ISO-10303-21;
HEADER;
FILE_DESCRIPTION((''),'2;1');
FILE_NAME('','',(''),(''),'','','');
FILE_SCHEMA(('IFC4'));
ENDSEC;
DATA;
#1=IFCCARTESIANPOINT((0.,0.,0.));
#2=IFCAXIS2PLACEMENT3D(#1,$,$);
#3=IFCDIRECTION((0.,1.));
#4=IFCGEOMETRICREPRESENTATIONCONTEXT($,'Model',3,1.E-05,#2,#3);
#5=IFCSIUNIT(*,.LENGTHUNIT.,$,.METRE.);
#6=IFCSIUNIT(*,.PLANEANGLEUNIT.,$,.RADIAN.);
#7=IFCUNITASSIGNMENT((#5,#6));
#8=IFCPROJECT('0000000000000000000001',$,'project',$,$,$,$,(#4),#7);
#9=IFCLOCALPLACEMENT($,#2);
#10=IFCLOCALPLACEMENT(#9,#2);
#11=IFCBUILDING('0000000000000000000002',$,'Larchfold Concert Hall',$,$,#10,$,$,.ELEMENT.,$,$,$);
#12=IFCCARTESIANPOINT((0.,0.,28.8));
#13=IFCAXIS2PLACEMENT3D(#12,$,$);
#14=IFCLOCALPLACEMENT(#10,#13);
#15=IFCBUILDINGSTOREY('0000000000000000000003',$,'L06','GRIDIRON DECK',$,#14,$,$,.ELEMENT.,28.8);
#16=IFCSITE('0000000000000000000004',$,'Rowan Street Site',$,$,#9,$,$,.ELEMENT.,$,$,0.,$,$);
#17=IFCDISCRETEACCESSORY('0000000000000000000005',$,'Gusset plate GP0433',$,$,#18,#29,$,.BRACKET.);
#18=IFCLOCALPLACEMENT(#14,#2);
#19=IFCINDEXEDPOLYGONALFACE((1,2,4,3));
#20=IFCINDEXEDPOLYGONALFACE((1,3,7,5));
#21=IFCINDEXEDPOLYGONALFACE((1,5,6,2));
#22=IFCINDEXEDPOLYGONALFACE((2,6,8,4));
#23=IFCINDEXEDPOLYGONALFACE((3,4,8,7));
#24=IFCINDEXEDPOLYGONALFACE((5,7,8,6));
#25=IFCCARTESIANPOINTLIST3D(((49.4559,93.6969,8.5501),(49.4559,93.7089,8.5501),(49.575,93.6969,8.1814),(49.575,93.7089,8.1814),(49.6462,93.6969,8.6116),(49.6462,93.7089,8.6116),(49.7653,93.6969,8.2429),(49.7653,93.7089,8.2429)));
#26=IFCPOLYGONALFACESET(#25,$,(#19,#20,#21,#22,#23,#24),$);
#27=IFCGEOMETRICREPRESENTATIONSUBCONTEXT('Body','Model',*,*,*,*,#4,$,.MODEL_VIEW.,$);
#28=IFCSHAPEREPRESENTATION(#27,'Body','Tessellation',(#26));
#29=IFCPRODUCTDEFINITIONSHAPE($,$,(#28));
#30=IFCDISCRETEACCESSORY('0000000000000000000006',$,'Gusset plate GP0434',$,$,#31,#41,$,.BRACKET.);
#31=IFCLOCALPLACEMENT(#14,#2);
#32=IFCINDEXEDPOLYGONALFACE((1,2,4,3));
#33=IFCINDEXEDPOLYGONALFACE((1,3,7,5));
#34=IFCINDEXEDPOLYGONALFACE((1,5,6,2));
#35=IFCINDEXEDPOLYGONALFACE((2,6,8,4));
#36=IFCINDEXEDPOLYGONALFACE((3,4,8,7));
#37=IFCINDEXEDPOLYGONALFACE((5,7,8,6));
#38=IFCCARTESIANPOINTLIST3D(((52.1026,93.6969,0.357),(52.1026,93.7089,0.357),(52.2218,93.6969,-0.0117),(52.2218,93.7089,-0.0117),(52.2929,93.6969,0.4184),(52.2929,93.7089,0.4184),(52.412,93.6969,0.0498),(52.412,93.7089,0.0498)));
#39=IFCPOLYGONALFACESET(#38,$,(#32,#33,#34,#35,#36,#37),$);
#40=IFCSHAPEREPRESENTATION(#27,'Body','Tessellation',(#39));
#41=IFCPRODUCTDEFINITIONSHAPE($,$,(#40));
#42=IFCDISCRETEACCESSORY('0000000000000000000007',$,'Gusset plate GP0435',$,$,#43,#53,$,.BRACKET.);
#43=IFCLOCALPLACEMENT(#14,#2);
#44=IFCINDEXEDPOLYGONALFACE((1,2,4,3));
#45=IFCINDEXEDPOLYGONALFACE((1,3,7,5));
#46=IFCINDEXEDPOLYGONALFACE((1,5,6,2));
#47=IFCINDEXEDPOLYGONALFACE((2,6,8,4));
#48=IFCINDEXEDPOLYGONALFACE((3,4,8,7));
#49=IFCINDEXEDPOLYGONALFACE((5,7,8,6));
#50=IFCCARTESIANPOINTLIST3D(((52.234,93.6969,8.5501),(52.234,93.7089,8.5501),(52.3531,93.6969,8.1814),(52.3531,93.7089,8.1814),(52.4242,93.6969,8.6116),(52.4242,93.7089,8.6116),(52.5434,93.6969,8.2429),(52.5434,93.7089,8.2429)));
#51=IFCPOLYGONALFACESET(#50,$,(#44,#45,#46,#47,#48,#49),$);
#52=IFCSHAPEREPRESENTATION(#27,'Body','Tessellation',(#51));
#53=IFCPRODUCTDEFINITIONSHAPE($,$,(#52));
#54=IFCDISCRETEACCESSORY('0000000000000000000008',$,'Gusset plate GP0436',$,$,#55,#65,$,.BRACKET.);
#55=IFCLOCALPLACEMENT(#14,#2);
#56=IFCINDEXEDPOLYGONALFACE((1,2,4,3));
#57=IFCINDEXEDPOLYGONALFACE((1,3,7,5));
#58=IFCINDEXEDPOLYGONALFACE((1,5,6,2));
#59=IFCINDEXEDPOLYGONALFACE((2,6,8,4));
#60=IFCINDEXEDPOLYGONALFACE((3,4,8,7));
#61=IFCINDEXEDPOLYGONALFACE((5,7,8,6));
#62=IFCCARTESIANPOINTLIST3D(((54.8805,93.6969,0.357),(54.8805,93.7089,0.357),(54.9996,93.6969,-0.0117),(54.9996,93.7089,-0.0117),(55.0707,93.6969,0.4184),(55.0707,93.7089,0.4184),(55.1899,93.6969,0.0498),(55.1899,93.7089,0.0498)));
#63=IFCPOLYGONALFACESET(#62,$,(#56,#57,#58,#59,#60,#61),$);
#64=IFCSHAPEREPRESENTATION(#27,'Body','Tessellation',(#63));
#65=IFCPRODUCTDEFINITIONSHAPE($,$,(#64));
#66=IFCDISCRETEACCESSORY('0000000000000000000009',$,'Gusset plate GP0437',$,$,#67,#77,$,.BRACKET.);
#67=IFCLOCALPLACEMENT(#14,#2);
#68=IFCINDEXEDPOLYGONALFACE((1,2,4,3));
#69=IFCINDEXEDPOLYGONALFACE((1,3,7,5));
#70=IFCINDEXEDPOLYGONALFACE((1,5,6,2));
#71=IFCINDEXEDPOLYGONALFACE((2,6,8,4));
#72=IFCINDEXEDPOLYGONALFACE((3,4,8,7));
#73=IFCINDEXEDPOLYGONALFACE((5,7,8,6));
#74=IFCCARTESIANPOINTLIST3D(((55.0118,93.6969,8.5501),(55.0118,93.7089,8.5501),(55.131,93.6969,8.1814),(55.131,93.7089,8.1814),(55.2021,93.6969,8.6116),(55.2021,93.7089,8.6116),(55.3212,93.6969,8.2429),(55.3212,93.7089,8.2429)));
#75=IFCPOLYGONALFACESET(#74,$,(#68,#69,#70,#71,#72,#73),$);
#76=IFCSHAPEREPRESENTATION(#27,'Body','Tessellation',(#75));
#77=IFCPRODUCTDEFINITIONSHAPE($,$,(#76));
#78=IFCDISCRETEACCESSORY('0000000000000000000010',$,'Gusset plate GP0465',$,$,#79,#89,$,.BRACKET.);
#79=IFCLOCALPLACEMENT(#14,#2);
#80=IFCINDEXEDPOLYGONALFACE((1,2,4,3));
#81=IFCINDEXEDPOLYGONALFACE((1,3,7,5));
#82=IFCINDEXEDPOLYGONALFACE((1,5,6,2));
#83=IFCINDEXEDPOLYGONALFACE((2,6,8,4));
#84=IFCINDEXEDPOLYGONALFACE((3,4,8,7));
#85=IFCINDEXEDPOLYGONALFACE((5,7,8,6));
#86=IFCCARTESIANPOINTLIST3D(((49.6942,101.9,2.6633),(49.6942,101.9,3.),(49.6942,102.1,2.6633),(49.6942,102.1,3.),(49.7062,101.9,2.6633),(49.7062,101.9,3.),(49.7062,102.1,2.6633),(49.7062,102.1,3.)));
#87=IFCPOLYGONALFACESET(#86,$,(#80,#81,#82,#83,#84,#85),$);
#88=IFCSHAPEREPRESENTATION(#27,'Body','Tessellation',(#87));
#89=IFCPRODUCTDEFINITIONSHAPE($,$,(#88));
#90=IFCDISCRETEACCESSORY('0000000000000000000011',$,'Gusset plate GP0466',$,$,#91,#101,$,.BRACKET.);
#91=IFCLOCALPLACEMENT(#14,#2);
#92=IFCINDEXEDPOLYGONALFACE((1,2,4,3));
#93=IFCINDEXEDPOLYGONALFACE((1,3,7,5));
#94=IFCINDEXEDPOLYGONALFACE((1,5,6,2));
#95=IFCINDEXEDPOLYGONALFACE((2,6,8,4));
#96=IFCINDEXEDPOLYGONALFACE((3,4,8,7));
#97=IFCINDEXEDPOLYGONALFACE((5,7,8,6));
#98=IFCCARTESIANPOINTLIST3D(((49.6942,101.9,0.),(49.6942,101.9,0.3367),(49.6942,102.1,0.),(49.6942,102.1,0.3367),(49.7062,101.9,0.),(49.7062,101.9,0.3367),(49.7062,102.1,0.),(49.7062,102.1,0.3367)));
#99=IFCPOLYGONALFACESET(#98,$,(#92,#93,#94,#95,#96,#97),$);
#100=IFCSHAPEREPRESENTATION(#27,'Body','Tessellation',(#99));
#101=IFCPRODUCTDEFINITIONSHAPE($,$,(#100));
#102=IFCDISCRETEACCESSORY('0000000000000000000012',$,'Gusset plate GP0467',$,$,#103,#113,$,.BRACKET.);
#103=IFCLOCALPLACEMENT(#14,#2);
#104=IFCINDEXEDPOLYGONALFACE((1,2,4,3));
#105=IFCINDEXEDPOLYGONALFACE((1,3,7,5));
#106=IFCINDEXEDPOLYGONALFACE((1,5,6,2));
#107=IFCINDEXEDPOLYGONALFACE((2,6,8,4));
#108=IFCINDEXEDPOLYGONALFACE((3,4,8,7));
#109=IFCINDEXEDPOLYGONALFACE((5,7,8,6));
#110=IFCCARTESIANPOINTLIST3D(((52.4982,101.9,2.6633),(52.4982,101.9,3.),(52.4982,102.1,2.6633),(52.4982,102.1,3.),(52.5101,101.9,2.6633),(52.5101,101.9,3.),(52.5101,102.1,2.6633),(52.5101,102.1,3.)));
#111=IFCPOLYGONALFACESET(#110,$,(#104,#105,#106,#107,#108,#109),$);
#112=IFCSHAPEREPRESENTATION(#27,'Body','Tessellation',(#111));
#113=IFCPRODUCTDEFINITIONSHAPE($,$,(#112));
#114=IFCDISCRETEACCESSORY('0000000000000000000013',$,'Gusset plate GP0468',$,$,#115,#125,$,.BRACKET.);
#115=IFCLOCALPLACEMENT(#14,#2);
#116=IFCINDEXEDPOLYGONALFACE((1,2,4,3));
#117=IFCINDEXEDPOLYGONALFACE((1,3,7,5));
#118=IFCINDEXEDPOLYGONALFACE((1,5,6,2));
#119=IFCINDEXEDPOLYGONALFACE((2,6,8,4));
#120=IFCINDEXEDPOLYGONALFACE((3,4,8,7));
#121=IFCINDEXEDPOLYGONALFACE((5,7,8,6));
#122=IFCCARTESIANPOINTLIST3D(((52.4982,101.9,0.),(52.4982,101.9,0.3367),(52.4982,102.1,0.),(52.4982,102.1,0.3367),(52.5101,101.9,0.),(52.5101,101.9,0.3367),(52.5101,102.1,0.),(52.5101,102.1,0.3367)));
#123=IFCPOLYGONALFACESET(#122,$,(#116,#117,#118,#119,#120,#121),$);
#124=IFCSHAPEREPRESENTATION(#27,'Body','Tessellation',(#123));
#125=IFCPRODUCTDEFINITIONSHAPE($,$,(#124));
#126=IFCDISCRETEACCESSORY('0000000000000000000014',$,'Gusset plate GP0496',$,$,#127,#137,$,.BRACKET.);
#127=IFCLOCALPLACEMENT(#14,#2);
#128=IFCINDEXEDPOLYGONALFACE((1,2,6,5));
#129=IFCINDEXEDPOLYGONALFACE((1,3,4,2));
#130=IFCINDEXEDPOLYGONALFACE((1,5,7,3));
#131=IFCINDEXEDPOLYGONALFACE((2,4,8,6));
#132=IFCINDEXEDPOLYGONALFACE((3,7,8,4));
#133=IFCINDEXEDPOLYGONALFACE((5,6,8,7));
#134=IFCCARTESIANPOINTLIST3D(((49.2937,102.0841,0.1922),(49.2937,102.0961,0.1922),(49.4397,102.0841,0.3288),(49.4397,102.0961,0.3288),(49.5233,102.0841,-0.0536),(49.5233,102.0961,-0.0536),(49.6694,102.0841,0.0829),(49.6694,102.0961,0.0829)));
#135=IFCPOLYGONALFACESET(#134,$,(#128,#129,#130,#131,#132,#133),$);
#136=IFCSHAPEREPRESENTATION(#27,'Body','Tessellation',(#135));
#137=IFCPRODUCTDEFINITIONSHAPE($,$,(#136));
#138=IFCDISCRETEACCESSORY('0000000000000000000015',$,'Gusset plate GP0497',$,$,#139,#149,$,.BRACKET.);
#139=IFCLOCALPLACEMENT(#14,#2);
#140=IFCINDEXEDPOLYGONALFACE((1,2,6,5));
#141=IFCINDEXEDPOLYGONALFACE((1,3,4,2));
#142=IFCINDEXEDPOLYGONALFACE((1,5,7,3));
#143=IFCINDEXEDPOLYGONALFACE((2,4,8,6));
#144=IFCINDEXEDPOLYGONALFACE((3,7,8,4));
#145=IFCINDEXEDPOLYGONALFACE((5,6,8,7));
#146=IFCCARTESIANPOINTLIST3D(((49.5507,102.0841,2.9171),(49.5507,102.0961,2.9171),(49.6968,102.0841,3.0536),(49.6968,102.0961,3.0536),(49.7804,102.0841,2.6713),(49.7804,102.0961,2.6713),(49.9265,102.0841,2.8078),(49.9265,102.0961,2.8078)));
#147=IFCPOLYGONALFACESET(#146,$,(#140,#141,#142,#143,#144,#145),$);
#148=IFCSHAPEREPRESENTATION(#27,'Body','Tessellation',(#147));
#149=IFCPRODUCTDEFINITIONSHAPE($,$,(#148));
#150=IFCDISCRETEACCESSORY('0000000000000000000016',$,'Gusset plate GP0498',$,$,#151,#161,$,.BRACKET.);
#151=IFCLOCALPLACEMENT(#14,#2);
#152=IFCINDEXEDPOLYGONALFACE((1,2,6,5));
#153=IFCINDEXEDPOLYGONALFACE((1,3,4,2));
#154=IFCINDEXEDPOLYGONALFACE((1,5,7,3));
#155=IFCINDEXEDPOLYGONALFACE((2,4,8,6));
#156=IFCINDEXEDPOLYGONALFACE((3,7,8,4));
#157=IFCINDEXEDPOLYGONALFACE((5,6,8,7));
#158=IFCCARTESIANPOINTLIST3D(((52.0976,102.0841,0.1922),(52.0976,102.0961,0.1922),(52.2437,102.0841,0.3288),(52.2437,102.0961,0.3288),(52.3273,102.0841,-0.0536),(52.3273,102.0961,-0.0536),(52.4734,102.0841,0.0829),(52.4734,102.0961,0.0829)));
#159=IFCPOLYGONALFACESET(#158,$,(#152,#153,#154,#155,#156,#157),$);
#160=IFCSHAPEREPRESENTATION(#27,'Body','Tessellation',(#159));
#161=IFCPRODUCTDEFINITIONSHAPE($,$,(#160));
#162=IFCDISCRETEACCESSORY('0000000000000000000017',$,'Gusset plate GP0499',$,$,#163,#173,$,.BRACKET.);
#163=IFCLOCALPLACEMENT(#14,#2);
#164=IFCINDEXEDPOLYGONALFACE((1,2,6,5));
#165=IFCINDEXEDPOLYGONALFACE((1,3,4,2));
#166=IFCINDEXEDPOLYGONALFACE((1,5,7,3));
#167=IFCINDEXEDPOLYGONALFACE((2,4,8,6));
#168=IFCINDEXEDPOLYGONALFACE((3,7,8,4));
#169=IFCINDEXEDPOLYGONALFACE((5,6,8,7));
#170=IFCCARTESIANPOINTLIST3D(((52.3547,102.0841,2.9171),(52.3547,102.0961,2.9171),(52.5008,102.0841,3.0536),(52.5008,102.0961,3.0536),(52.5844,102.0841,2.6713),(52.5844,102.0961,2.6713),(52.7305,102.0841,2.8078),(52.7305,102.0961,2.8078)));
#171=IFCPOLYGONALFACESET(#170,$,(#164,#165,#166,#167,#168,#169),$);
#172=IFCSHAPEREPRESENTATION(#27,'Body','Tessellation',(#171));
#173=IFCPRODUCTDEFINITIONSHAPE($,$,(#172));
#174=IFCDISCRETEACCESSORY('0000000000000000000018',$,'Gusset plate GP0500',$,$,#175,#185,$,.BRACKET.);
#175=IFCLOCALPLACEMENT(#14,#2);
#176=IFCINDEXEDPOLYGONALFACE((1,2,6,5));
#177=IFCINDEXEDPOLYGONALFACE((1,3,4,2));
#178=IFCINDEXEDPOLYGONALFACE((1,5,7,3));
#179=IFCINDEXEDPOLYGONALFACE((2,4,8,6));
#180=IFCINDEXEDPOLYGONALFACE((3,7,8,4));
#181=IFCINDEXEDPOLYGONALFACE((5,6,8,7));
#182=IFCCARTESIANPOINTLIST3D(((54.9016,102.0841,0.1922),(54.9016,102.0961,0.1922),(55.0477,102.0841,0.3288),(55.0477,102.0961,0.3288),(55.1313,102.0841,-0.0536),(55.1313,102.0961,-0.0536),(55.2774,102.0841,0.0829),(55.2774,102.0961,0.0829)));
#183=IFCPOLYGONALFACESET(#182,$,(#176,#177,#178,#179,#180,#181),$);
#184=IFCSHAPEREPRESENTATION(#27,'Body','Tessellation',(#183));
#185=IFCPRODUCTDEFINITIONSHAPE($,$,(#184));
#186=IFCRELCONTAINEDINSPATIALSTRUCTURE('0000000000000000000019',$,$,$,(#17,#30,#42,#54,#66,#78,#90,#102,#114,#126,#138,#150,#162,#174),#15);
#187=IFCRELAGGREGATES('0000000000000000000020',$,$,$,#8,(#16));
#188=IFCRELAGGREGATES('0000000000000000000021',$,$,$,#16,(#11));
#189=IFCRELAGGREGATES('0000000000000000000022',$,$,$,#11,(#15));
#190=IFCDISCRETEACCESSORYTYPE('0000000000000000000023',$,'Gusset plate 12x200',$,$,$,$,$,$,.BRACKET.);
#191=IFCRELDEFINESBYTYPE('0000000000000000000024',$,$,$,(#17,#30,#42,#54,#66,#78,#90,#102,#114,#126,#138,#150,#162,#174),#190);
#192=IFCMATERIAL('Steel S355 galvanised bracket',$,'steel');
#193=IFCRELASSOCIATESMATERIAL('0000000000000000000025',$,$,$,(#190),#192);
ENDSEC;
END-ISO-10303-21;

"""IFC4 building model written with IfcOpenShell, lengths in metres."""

from ifc_helpers import new_model, si_unit, direction, frame, origin, origin_2d, place, context, subcontext, project, spatial, rectangle, extrude, material, material_profile, profile_set, type_object, element, save


model = new_model("IFC4")

# Units and contexts
model_context = context("Model", 3, precision=1e-05, world=origin(), true_north=direction((0.0, 1.0)))
body_context = subcontext(model_context, "Body", "Model", "MODEL_VIEW")
ifc_project = project(units=[si_unit("LENGTHUNIT", "METRE"), si_unit("PLANEANGLEUNIT", "RADIAN")], contexts=[model_context])

# Site, building, storey
site_placement = place(None, origin())
site = spatial("IfcSite", under=ifc_project, at=site_placement, Name="Rowan Street Site", CompositionType="ELEMENT", RefElevation=0.0)
building_placement = place(site_placement, origin())
building = spatial("IfcBuilding", under=site, at=building_placement, Name="Larchfold Concert Hall", CompositionType="ELEMENT")
storey_placement = place(building_placement, frame((0.0, 0.0, 28.8)))
storey = spatial("IfcBuildingStorey", under=building, at=storey_placement, Name="L06", Description="GRIDIRON DECK", CompositionType="ELEMENT", Elevation=28.8)

# Discrete accessories
ifc_material_1 = material(Name="Steel S355 galvanised bracket", Category="steel")
ifc_material_profile_1 = material_profile(ifc_material_1, rectangle(XDim=0.012, YDim=0.2, at=origin_2d()))
ifc_profile_set_1 = profile_set([ifc_material_profile_1], Name="Steel S355 galvanised bracket")
discrete_accessory_type = type_object("IfcDiscreteAccessoryType", Name="Gusset plate 12x200", PredefinedType="BRACKET", material=ifc_profile_set_1)
for number, where, z_axis, x_axis, name in (
    (1, (49.551, 93.7029, 8.5808), (0.307518, 0.0, -0.951542), (0.0, 1.0, 0.0), "Gusset plate GP0433"),
    (2, (52.1978, 93.7029, 0.3877), (0.307518, 0.0, -0.951542), (0.0, 1.0, 0.0), "Gusset plate GP0434"),
    (3, (52.3291, 93.7029, 8.5808), (0.307518, 0.0, -0.951542), (0.0, 1.0, 0.0), "Gusset plate GP0435"),
    (4, (54.9756, 93.7029, 0.3877), (0.307518, 0.0, -0.951542), (0.0, 1.0, 0.0), "Gusset plate GP0436"),
    (5, (55.1069, 93.7029, 8.5808), (0.307518, 0.0, -0.951542), (0.0, 1.0, 0.0), "Gusset plate GP0437"),
):
    element("IfcDiscreteAccessory", number, at=place(storey_placement, frame(where, z_axis=z_axis, x_axis=x_axis)), inside=storey, type_object=discrete_accessory_type, Name=name, PredefinedType="BRACKET", context=body_context, shape_type="SweptSolid", body=[
        extrude(rectangle(XDim=0.012, YDim=0.2, at=origin_2d()), origin(), (0.0, 0.0, 1.0), 0.3875),
    ])
for number, where, z_axis, x_axis, name in (
    (6, (49.7002, 102.0, 3.0), (0.0, 0.0, -1.0), (1.0, 0.0, 0.0), "Gusset plate GP0465"),
    (7, (49.7002, 102.0, 0.3367), (0.0, 0.0, -1.0), (1.0, 0.0, 0.0), "Gusset plate GP0466"),
    (8, (52.5042, 102.0, 3.0), (0.0, 0.0, -1.0), (1.0, 0.0, 0.0), "Gusset plate GP0467"),
    (9, (52.5042, 102.0, 0.3367), (0.0, 0.0, -1.0), (1.0, 0.0, 0.0), "Gusset plate GP0468"),
):
    element("IfcDiscreteAccessory", number, at=place(storey_placement, frame(where, z_axis=z_axis, x_axis=x_axis)), inside=storey, type_object=discrete_accessory_type, Name=name, PredefinedType="BRACKET", context=body_context, shape_type="SweptSolid", body=[
        extrude(rectangle(XDim=0.012, YDim=0.2, at=origin_2d()), origin(), (0.0, 0.0, 1.0), 0.3367),
    ])
for number, where, z_axis, x_axis, name in (
    (10, (49.3667, 102.0901, 0.2605), (0.682758, 0.0, -0.730645), (0.0, 1.0, 0.0), "Gusset plate GP0496"),
    (11, (49.6238, 102.0901, 2.9854), (0.682758, 0.0, -0.730645), (0.0, 1.0, 0.0), "Gusset plate GP0497"),
    (12, (52.1707, 102.0901, 0.2605), (0.682758, 0.0, -0.730645), (0.0, 1.0, 0.0), "Gusset plate GP0498"),
    (13, (52.4277, 102.0901, 2.9854), (0.682758, 0.0, -0.730645), (0.0, 1.0, 0.0), "Gusset plate GP0499"),
    (14, (54.9746, 102.0901, 0.2605), (0.682758, 0.0, -0.730645), (0.0, 1.0, 0.0), "Gusset plate GP0500"),
):
    element("IfcDiscreteAccessory", number, at=place(storey_placement, frame(where, z_axis=z_axis, x_axis=x_axis)), inside=storey, type_object=discrete_accessory_type, Name=name, PredefinedType="BRACKET", context=body_context, shape_type="SweptSolid", body=[
        extrude(rectangle(XDim=0.012, YDim=0.2, at=origin_2d()), origin(), (0.0, 0.0, 1.0), 0.3364),
    ])

save(model, "model.ifc")
